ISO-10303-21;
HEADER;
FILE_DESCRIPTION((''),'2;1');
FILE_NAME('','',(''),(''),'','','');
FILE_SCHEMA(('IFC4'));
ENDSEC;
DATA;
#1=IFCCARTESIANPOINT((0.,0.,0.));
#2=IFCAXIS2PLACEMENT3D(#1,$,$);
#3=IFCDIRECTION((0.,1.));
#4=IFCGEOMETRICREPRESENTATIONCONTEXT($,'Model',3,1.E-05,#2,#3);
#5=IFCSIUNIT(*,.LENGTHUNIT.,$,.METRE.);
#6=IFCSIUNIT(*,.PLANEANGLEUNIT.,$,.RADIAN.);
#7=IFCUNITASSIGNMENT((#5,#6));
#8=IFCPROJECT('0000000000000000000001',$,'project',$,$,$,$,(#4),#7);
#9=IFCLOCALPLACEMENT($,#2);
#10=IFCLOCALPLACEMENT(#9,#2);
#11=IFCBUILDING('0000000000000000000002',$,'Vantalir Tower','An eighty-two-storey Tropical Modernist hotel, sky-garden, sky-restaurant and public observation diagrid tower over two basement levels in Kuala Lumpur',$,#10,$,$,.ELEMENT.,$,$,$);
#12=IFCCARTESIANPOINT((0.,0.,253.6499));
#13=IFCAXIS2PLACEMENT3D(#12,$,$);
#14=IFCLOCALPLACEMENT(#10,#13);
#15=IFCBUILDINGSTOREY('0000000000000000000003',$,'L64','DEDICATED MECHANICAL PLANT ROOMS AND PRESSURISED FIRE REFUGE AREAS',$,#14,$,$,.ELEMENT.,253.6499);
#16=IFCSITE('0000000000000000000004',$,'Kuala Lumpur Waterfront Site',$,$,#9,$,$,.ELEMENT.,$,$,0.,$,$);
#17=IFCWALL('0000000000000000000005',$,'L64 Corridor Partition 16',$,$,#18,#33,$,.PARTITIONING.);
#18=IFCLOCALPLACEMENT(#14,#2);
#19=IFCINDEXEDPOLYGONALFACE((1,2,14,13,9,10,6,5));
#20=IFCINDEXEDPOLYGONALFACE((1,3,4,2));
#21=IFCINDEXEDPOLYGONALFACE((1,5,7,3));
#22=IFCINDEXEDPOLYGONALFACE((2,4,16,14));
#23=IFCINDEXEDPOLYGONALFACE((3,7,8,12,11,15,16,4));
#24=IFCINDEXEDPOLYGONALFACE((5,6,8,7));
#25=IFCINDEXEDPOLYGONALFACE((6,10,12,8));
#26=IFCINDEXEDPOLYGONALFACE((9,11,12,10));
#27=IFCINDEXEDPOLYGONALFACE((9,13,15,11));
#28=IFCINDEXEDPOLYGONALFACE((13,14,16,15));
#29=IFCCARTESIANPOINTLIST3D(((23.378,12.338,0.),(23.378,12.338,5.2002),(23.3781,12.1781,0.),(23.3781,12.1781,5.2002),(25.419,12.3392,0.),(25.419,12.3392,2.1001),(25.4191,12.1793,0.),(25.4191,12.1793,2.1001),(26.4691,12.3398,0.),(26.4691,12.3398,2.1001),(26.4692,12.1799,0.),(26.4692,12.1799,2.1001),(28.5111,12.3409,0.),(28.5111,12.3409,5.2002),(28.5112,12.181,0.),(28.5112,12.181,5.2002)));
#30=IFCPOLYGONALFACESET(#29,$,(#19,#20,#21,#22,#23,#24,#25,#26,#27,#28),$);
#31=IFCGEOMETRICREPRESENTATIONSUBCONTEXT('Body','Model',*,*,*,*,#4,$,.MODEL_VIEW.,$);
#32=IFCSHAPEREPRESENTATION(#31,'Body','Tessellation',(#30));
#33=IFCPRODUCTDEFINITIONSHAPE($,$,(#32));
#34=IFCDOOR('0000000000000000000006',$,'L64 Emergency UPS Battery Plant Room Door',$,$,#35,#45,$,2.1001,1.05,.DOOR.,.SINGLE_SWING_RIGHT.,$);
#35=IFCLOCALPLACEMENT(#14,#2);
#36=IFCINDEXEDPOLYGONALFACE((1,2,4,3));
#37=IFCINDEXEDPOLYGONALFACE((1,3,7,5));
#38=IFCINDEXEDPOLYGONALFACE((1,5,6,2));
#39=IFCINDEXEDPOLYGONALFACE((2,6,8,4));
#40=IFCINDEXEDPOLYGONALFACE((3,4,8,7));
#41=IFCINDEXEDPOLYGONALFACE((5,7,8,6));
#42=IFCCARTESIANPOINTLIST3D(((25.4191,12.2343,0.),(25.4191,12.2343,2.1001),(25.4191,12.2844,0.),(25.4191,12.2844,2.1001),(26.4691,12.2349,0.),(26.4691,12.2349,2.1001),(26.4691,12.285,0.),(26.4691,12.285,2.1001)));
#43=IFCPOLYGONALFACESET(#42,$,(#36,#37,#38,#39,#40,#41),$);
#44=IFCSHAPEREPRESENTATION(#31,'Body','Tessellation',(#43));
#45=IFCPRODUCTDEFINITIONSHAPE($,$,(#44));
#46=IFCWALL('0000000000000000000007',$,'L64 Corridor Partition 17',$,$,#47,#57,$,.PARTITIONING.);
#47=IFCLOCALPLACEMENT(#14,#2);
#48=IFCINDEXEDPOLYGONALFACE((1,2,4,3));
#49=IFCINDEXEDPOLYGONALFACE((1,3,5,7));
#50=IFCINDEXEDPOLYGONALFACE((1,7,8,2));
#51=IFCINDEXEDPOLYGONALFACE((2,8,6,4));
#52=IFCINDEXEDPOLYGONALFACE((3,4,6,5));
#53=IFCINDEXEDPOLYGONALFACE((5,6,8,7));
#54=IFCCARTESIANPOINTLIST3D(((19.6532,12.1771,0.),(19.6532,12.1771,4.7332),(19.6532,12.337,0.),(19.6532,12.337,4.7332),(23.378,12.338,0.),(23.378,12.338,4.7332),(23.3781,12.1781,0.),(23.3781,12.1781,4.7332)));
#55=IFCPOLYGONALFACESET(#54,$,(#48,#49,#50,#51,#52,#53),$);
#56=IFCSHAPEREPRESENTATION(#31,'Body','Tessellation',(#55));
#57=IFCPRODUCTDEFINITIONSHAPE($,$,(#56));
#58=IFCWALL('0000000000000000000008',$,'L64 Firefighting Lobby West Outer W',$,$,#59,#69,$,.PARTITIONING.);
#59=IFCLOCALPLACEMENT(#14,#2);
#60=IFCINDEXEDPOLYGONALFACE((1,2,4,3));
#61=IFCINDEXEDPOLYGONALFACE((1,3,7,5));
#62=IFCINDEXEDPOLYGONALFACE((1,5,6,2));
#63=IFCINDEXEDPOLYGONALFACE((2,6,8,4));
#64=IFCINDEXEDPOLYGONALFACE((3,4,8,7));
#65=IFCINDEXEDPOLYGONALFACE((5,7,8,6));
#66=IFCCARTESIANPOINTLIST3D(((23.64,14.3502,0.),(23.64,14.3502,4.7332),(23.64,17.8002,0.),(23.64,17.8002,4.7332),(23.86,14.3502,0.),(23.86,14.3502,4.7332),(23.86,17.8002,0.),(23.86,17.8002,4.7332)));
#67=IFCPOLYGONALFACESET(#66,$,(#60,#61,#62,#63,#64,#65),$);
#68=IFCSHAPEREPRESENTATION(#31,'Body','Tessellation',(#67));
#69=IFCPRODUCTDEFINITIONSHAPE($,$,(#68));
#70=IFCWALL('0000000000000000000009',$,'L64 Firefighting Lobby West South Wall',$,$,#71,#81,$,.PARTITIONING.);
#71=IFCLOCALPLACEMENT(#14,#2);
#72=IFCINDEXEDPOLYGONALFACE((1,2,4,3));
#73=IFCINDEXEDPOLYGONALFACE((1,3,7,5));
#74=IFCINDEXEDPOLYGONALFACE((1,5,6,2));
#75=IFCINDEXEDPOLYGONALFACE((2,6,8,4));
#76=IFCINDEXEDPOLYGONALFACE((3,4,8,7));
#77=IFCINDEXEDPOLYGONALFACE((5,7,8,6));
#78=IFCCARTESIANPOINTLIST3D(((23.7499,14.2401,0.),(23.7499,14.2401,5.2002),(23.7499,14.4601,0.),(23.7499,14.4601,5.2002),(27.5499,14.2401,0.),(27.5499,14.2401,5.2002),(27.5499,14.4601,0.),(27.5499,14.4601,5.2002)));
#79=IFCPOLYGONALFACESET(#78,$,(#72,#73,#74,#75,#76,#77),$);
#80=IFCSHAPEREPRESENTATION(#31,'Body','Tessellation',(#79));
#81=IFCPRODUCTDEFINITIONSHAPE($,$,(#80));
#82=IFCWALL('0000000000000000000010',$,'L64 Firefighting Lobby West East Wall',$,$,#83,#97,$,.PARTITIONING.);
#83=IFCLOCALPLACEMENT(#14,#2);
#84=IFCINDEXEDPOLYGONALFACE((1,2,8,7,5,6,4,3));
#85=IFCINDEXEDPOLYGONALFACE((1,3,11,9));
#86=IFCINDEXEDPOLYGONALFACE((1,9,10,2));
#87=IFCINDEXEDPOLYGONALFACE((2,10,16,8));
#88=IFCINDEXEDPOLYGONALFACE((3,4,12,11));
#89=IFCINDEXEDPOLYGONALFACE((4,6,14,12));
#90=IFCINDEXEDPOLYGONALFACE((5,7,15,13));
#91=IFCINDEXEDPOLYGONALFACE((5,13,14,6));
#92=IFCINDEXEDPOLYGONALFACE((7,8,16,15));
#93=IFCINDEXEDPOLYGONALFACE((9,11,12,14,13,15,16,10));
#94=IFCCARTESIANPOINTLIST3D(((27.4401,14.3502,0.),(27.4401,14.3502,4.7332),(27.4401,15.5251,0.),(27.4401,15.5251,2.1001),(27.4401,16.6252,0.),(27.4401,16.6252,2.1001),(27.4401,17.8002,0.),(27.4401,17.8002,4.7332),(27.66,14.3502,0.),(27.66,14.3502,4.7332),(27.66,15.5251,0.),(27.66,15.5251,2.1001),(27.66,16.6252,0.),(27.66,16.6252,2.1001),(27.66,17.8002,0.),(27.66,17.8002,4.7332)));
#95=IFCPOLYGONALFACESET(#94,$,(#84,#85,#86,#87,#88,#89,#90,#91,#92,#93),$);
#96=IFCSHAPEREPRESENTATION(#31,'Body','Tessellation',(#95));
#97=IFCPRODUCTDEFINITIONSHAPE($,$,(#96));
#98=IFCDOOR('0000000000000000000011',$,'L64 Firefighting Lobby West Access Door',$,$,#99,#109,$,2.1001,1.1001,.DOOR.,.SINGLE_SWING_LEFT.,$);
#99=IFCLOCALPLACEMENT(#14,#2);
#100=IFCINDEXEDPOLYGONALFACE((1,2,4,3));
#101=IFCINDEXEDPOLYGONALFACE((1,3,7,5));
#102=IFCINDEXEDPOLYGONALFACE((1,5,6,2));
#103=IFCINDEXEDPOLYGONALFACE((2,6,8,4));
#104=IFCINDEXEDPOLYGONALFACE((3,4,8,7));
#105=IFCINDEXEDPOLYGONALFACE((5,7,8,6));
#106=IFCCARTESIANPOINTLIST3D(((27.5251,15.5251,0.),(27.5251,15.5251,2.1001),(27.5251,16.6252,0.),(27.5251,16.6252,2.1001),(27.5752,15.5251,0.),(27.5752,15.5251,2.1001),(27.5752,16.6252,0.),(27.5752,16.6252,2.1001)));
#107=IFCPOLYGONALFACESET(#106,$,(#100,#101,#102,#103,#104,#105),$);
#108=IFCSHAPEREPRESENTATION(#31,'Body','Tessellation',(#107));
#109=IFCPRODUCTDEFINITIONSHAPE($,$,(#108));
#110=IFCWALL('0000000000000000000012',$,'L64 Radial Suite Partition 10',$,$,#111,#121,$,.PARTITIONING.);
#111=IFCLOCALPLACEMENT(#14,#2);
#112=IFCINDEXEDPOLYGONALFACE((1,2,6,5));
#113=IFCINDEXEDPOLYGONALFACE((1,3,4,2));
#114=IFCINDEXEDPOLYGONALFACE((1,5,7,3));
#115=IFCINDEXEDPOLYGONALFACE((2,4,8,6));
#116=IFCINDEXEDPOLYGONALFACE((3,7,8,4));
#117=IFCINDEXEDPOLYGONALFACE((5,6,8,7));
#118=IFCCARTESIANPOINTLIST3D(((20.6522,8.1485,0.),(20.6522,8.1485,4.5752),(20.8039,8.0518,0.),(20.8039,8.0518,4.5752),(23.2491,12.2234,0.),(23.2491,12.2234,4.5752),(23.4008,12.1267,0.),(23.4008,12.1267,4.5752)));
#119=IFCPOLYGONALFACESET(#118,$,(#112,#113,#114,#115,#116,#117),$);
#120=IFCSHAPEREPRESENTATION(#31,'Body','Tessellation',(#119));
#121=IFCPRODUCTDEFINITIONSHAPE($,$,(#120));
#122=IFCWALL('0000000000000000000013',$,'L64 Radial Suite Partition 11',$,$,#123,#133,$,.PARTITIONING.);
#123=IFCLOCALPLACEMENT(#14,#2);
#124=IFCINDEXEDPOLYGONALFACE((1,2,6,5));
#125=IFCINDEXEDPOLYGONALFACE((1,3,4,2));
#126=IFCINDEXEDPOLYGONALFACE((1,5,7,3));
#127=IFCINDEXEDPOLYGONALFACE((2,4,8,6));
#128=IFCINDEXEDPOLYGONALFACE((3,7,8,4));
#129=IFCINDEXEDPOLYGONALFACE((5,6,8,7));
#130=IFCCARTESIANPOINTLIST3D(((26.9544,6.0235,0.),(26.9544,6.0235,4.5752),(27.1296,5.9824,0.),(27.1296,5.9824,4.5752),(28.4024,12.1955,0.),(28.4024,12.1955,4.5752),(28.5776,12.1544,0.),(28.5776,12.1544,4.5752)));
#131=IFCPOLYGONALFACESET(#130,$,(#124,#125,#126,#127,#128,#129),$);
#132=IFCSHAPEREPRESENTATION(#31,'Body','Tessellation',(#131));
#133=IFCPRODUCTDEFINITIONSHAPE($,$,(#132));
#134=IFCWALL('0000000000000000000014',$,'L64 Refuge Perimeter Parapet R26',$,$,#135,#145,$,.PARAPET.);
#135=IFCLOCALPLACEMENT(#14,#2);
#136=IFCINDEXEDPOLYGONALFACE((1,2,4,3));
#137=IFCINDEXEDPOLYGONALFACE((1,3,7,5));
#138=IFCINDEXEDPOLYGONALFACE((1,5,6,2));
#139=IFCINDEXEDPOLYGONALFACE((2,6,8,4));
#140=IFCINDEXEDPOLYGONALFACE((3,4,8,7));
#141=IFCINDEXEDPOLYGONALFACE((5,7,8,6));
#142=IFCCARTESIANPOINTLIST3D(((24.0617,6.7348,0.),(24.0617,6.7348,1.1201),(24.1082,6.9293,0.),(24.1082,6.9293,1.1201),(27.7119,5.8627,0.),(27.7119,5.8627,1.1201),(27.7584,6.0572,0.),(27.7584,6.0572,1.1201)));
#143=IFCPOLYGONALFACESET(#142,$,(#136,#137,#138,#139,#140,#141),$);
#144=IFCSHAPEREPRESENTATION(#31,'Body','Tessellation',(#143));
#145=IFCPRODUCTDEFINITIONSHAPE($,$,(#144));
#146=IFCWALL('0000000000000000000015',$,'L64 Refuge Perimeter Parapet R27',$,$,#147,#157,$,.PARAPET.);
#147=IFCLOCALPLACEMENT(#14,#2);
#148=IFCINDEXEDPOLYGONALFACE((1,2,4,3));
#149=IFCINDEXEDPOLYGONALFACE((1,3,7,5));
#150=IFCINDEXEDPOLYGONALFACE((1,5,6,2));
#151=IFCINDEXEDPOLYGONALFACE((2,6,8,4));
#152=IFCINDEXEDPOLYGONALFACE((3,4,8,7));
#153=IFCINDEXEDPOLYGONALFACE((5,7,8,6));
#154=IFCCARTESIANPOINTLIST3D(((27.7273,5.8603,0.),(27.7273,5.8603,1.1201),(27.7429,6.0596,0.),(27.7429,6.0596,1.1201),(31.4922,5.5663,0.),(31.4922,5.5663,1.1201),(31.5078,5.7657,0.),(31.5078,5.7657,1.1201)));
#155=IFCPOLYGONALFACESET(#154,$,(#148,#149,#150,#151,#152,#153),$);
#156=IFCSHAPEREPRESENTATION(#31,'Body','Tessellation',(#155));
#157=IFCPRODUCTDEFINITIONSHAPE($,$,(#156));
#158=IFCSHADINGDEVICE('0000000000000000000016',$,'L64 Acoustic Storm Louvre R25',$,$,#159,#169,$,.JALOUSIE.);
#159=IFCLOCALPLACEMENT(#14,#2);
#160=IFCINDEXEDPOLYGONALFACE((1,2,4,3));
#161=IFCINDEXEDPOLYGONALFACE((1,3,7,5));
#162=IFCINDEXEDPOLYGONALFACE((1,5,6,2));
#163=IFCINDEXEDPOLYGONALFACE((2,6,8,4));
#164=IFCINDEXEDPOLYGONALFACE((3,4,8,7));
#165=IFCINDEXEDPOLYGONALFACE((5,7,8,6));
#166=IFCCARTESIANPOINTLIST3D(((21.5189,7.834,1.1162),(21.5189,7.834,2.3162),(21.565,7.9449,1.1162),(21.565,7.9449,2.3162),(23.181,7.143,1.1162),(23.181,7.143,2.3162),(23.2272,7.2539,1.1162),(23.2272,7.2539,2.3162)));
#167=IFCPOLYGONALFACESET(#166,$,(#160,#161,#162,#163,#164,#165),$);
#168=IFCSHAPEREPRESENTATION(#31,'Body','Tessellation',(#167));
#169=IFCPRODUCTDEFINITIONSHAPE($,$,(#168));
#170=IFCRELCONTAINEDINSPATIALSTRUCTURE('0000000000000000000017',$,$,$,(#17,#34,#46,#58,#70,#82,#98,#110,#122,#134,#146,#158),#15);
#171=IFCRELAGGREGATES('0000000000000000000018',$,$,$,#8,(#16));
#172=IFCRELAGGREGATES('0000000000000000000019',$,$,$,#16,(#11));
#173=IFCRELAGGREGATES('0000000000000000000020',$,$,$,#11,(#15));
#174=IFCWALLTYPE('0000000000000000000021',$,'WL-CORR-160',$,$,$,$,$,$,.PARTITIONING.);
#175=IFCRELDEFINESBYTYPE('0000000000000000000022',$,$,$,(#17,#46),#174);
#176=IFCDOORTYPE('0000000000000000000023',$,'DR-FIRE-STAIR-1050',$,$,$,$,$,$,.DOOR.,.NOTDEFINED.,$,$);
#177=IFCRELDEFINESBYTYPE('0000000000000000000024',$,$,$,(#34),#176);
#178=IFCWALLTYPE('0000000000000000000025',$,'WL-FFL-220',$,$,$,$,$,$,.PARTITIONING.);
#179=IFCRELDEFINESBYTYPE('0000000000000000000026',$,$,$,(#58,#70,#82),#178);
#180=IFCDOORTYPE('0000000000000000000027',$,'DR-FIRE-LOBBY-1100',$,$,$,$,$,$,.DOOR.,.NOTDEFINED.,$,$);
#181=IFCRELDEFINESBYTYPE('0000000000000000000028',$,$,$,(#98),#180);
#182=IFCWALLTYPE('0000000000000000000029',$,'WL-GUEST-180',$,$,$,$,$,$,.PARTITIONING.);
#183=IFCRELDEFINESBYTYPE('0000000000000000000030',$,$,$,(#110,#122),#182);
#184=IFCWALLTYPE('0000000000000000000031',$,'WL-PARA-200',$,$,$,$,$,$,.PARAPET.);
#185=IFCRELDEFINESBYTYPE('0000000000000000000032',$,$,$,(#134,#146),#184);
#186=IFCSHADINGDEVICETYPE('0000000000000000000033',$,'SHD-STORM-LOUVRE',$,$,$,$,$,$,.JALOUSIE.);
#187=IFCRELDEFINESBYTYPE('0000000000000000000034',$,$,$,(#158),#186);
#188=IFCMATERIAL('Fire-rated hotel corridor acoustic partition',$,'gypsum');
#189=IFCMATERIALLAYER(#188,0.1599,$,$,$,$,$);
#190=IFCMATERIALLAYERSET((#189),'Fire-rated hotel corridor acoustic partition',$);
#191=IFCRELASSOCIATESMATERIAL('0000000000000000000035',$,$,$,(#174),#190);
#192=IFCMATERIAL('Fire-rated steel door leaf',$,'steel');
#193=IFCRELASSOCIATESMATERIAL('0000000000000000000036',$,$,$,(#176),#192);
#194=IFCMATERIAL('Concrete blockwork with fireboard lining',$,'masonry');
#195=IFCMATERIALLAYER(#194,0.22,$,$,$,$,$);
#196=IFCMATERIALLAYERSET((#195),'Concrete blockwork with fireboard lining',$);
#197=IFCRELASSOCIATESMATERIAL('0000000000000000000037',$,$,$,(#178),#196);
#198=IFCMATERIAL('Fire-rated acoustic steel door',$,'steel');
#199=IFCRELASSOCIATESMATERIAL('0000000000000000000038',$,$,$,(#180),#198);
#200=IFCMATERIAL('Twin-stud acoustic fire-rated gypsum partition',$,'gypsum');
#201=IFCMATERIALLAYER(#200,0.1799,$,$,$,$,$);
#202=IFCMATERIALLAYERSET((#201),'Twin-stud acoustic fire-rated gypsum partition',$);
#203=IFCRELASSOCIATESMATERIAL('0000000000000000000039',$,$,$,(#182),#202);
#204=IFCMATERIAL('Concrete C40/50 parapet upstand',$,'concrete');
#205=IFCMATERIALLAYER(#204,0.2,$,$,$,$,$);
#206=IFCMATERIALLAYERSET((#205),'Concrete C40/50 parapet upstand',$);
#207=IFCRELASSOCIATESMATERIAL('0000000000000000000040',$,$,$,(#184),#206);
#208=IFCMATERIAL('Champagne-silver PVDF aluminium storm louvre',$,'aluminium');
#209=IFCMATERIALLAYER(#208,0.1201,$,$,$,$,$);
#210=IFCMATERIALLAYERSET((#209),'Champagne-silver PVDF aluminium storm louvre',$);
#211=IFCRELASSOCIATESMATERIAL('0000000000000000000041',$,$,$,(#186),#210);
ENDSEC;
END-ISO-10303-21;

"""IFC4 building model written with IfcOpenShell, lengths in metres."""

from ifc_helpers import new_model, si_unit, direction, frame, frame_2d, origin, origin_2d, place, context, subcontext, project, spatial, rectangle, extrude, material, layer, layer_set, type_object, element, fill, save


model = new_model("IFC4")

# Units and contexts
model_context = context("Model", 3, precision=1e-05, world=origin(), true_north=direction((0.0, 1.0)))
body_context = subcontext(model_context, "Body", "Model", "MODEL_VIEW")
ifc_project = project(units=[si_unit("LENGTHUNIT", "METRE"), si_unit("PLANEANGLEUNIT", "RADIAN")], contexts=[model_context])

# Site, building, storey
site_placement = place(None, origin())
site = spatial("IfcSite", under=ifc_project, at=site_placement, Name="Kuala Lumpur Waterfront Site", CompositionType="ELEMENT", RefElevation=0.0)
building_placement = place(site_placement, origin())
building = spatial("IfcBuilding", under=site, at=building_placement, Name="Vantalir Tower", Description="An eighty-two-storey Tropical Modernist hotel, sky-garden, sky-restaurant and public observation diagrid tower over two basement levels in Kuala Lumpur", CompositionType="ELEMENT")
storey_placement = place(building_placement, frame((0.0, 0.0, 253.6499)))
storey = spatial("IfcBuildingStorey", under=building, at=storey_placement, Name="L64", Description="DEDICATED MECHANICAL PLANT ROOMS AND PRESSURISED FIRE REFUGE AREAS", CompositionType="ELEMENT", Elevation=253.6499)

# Wall, opening, door
ifc_material_1 = material(Name="Fire-rated hotel corridor acoustic partition", Category="gypsum")
ifc_layer_1 = layer(ifc_material_1, 0.1599)
ifc_layer_set_1 = layer_set([ifc_layer_1], Name="Fire-rated hotel corridor acoustic partition")
wall_type_1 = type_object("IfcWallType", Name="WL-CORR-160", PredefinedType="PARTITIONING", material=ifc_layer_set_1)
wall_1_placement = place(storey_placement, frame((28.511, 12.261, 0.0), z_axis=(0.0, 0.0, 1.0), x_axis=(-1.0, -0.000571, 0.0)))
wall_1 = element("IfcWall", 1, at=wall_1_placement, inside=storey, type_object=wall_type_1, Name="L64 Corridor Partition 16", PredefinedType="PARTITIONING", context=body_context, shape_type="SweptSolid", body=[
    extrude(rectangle(XDim=5.1331, YDim=0.1599, at=frame_2d((2.5664, 0.0))), origin(), (0.0, 0.0, 1.0), 5.2002),
])
opening_1_placement = place(wall_1_placement, frame((2.042, 0.0, 0.0)))
opening_1 = element("IfcOpeningElement", 2, at=opening_1_placement, cuts=wall_1, PredefinedType="OPENING", context=body_context, shape_type="SweptSolid", body=[
    extrude(rectangle(XDim=1.05, YDim=2.1001, at=frame_2d((0.5249, 1.05))), frame((0.0, 0.0898, 0.0), z_axis=(0.0, -1.0, 0.0), x_axis=(1.0, 0.0, 0.0)), (0.0, 0.0, 1.0), 0.1799),
])
ifc_material_2 = material(Name="Fire-rated steel door leaf", Category="steel")
door_type_1 = type_object("IfcDoorType", Name="DR-FIRE-STAIR-1050", OperationType="NOTDEFINED", PredefinedType="DOOR", material=ifc_material_2)
door_1_placement = place(opening_1_placement, origin())
door_1 = element("IfcDoor", 3, at=door_1_placement, inside=storey, type_object=door_type_1, Name="L64 Emergency UPS Battery Plant Room Door", OperationType="SINGLE_SWING_RIGHT", OverallHeight=2.1001, OverallWidth=1.05, PredefinedType="DOOR", context=body_context, shape_type="SweptSolid", body=[
    extrude(rectangle(XDim=1.05, YDim=2.1001, at=frame_2d((0.5249, 1.05))), frame((0.0, 0.0249, 0.0), z_axis=(0.0, -1.0, 0.0), x_axis=(1.0, 0.0, 0.0)), (0.0, 0.0, 1.0), 0.05),
])
fill(opening_1, door_1)

# Walls
wall_2_placement = place(storey_placement, frame((23.3779, 12.2581, 0.0), z_axis=(0.0, 0.0, 1.0), x_axis=(-1.0, -0.000262, 0.0)))
element("IfcWall", 4, at=wall_2_placement, inside=storey, type_object=wall_type_1, Name="L64 Corridor Partition 17", PredefinedType="PARTITIONING", context=body_context, shape_type="SweptSolid", body=[
    extrude(rectangle(XDim=3.7249, YDim=0.1599, at=frame_2d((1.8623, 0.0))), origin(), (0.0, 0.0, 1.0), 4.7332),
])
ifc_material_3 = material(Name="Concrete blockwork with fireboard lining", Category="masonry")
ifc_layer_2 = layer(ifc_material_3, 0.22)
ifc_layer_set_2 = layer_set([ifc_layer_2], Name="Concrete blockwork with fireboard lining")
wall_type_2 = type_object("IfcWallType", Name="WL-FFL-220", PredefinedType="PARTITIONING", material=ifc_layer_set_2)
wall_3_placement = place(storey_placement, frame((23.75, 14.3501, 0.0), z_axis=(0.0, 0.0, 1.0), x_axis=(0.0, 1.0, 0.0)))
element("IfcWall", 5, at=wall_3_placement, inside=storey, type_object=wall_type_2, Name="L64 Firefighting Lobby West Outer W", PredefinedType="PARTITIONING", context=body_context, shape_type="SweptSolid", body=[
    extrude(rectangle(XDim=3.45, YDim=0.22, at=frame_2d((1.7251, 0.0))), origin(), (0.0, 0.0, 1.0), 4.7332),
])
wall_4_placement = place(storey_placement, frame((23.75, 14.3501, 0.0), z_axis=(0.0, 0.0, 1.0), x_axis=(1.0, 0.0, 0.0)))
element("IfcWall", 6, at=wall_4_placement, inside=storey, type_object=wall_type_2, Name="L64 Firefighting Lobby West South Wall", PredefinedType="PARTITIONING", context=body_context, shape_type="SweptSolid", body=[
    extrude(rectangle(XDim=3.8, YDim=0.22, at=frame_2d((1.8999, 0.0))), origin(), (0.0, 0.0, 1.0), 5.2002),
])

# Wall, opening, door
wall_5_placement = place(storey_placement, frame((27.55, 14.3501, 0.0), z_axis=(0.0, 0.0, 1.0), x_axis=(0.0, 1.0, 0.0)))
wall_5 = element("IfcWall", 7, at=wall_5_placement, inside=storey, type_object=wall_type_2, Name="L64 Firefighting Lobby West East Wall", PredefinedType="PARTITIONING", context=body_context, shape_type="SweptSolid", body=[
    extrude(rectangle(XDim=3.45, YDim=0.22, at=frame_2d((1.7251, 0.0))), origin(), (0.0, 0.0, 1.0), 4.7332),
])
opening_2_placement = place(wall_5_placement, frame((1.175, 0.0, 0.0)))
opening_2 = element("IfcOpeningElement", 8, at=opening_2_placement, cuts=wall_5, PredefinedType="OPENING", context=body_context, shape_type="SweptSolid", body=[
    extrude(rectangle(XDim=1.1001, YDim=2.1001, at=frame_2d((0.55, 1.05))), frame((0.0, 0.1199, 0.0), z_axis=(0.0, -1.0, 0.0), x_axis=(1.0, 0.0, 0.0)), (0.0, 0.0, 1.0), 0.24),
])
ifc_material_4 = material(Name="Fire-rated acoustic steel door", Category="steel")
door_type_2 = type_object("IfcDoorType", Name="DR-FIRE-LOBBY-1100", OperationType="NOTDEFINED", PredefinedType="DOOR", material=ifc_material_4)
door_2_placement = place(opening_2_placement, origin())
door_2 = element("IfcDoor", 9, at=door_2_placement, inside=storey, type_object=door_type_2, Name="L64 Firefighting Lobby West Access Door", OperationType="SINGLE_SWING_LEFT", OverallHeight=2.1001, OverallWidth=1.1001, PredefinedType="DOOR", context=body_context, shape_type="SweptSolid", body=[
    extrude(rectangle(XDim=1.1001, YDim=2.1001, at=frame_2d((0.55, 1.05))), frame((0.0, 0.0249, 0.0), z_axis=(0.0, -1.0, 0.0), x_axis=(1.0, 0.0, 0.0)), (0.0, 0.0, 1.0), 0.05),
])
fill(opening_2, door_2)

# Walls
ifc_material_5 = material(Name="Twin-stud acoustic fire-rated gypsum partition", Category="gypsum")
ifc_layer_3 = layer(ifc_material_5, 0.1799)
ifc_layer_set_3 = layer_set([ifc_layer_3], Name="Twin-stud acoustic fire-rated gypsum partition")
wall_type_3 = type_object("IfcWallType", Name="WL-GUEST-180", PredefinedType="PARTITIONING", material=ifc_layer_set_3)
wall_6_placement = place(storey_placement, frame((23.325, 12.175, 0.0), z_axis=(0.0, 0.0, 1.0), x_axis=(-0.537431, -0.843308, 0.0)))
element("IfcWall", 10, at=wall_6_placement, inside=storey, type_object=wall_type_3, Name="L64 Radial Suite Partition 10", PredefinedType="PARTITIONING", context=body_context, shape_type="SweptSolid", body=[
    extrude(rectangle(XDim=4.832, YDim=0.1799, at=frame_2d((2.416, 0.0))), origin(), (0.0, 0.0, 1.0), 4.5752),
])
wall_7_placement = place(storey_placement, frame((28.49, 12.175, 0.0), z_axis=(0.0, 0.0, 1.0), x_axis=(-0.228402, -0.973567, 0.0)))
element("IfcWall", 11, at=wall_7_placement, inside=storey, type_object=wall_type_3, Name="L64 Radial Suite Partition 11", PredefinedType="PARTITIONING", context=body_context, shape_type="SweptSolid", body=[
    extrude(rectangle(XDim=6.3396, YDim=0.1799, at=frame_2d((3.1699, 0.0))), origin(), (0.0, 0.0, 1.0), 4.5752),
])
ifc_material_6 = material(Name="Concrete C40/50 parapet upstand", Category="concrete")
ifc_layer_4 = layer(ifc_material_6, 0.2)
ifc_layer_set_4 = layer_set([ifc_layer_4], Name="Concrete C40/50 parapet upstand")
wall_type_4 = type_object("IfcWallType", Name="WL-PARA-200", PredefinedType="PARAPET", material=ifc_layer_set_4)
wall_8_placement = place(storey_placement, frame((24.085, 6.832, 0.0), z_axis=(0.0, 0.0, 1.0), x_axis=(0.972627, -0.232374, 0.0)))
element("IfcWall", 12, at=wall_8_placement, inside=storey, type_object=wall_type_4, Name="L64 Refuge Perimeter Parapet R26", PredefinedType="PARAPET", context=body_context, shape_type="SweptSolid", body=[
    extrude(rectangle(XDim=3.7529, YDim=0.2, at=frame_2d((1.8765, 0.0))), origin(), (0.0, 0.0, 1.0), 1.1201),
])
wall_9_placement = place(storey_placement, frame((27.7351, 5.96, 0.0), z_axis=(0.0, 0.0, 1.0), x_axis=(0.996966, -0.077838, 0.0)))
element("IfcWall", 13, at=wall_9_placement, inside=storey, type_object=wall_type_4, Name="L64 Refuge Perimeter Parapet R27", PredefinedType="PARAPET", context=body_context, shape_type="SweptSolid", body=[
    extrude(rectangle(XDim=3.7764, YDim=0.2, at=frame_2d((1.8882, 0.0))), origin(), (0.0, 0.0, 1.0), 1.1201),
])

# Shading device
ifc_material_7 = material(Name="Champagne-silver PVDF aluminium storm louvre", Category="aluminium")
ifc_layer_5 = layer(ifc_material_7, 0.1201)
ifc_layer_set_5 = layer_set([ifc_layer_5], Name="Champagne-silver PVDF aluminium storm louvre")
shading_device_type = type_object("IfcShadingDeviceType", Name="SHD-STORM-LOUVRE", PredefinedType="JALOUSIE", material=ifc_layer_set_5)
for number, where, z_axis, x_axis, name in (
    (14, (22.373, 7.5439, 1.1162), (0.0, 0.0, 1.0), (0.923371, -0.383909, 0.0), "L64 Acoustic Storm Louvre R25"),
):
    element("IfcShadingDevice", number, at=place(storey_placement, frame(where, z_axis=z_axis, x_axis=x_axis)), inside=storey, type_object=shading_device_type, Name=name, PredefinedType="JALOUSIE", context=body_context, shape_type="SweptSolid", body=[
        extrude(rectangle(XDim=1.8, YDim=0.1201, at=origin_2d()), origin(), (0.0, 0.0, 1.0), 1.2),
    ])

save(model, "model.ifc")
